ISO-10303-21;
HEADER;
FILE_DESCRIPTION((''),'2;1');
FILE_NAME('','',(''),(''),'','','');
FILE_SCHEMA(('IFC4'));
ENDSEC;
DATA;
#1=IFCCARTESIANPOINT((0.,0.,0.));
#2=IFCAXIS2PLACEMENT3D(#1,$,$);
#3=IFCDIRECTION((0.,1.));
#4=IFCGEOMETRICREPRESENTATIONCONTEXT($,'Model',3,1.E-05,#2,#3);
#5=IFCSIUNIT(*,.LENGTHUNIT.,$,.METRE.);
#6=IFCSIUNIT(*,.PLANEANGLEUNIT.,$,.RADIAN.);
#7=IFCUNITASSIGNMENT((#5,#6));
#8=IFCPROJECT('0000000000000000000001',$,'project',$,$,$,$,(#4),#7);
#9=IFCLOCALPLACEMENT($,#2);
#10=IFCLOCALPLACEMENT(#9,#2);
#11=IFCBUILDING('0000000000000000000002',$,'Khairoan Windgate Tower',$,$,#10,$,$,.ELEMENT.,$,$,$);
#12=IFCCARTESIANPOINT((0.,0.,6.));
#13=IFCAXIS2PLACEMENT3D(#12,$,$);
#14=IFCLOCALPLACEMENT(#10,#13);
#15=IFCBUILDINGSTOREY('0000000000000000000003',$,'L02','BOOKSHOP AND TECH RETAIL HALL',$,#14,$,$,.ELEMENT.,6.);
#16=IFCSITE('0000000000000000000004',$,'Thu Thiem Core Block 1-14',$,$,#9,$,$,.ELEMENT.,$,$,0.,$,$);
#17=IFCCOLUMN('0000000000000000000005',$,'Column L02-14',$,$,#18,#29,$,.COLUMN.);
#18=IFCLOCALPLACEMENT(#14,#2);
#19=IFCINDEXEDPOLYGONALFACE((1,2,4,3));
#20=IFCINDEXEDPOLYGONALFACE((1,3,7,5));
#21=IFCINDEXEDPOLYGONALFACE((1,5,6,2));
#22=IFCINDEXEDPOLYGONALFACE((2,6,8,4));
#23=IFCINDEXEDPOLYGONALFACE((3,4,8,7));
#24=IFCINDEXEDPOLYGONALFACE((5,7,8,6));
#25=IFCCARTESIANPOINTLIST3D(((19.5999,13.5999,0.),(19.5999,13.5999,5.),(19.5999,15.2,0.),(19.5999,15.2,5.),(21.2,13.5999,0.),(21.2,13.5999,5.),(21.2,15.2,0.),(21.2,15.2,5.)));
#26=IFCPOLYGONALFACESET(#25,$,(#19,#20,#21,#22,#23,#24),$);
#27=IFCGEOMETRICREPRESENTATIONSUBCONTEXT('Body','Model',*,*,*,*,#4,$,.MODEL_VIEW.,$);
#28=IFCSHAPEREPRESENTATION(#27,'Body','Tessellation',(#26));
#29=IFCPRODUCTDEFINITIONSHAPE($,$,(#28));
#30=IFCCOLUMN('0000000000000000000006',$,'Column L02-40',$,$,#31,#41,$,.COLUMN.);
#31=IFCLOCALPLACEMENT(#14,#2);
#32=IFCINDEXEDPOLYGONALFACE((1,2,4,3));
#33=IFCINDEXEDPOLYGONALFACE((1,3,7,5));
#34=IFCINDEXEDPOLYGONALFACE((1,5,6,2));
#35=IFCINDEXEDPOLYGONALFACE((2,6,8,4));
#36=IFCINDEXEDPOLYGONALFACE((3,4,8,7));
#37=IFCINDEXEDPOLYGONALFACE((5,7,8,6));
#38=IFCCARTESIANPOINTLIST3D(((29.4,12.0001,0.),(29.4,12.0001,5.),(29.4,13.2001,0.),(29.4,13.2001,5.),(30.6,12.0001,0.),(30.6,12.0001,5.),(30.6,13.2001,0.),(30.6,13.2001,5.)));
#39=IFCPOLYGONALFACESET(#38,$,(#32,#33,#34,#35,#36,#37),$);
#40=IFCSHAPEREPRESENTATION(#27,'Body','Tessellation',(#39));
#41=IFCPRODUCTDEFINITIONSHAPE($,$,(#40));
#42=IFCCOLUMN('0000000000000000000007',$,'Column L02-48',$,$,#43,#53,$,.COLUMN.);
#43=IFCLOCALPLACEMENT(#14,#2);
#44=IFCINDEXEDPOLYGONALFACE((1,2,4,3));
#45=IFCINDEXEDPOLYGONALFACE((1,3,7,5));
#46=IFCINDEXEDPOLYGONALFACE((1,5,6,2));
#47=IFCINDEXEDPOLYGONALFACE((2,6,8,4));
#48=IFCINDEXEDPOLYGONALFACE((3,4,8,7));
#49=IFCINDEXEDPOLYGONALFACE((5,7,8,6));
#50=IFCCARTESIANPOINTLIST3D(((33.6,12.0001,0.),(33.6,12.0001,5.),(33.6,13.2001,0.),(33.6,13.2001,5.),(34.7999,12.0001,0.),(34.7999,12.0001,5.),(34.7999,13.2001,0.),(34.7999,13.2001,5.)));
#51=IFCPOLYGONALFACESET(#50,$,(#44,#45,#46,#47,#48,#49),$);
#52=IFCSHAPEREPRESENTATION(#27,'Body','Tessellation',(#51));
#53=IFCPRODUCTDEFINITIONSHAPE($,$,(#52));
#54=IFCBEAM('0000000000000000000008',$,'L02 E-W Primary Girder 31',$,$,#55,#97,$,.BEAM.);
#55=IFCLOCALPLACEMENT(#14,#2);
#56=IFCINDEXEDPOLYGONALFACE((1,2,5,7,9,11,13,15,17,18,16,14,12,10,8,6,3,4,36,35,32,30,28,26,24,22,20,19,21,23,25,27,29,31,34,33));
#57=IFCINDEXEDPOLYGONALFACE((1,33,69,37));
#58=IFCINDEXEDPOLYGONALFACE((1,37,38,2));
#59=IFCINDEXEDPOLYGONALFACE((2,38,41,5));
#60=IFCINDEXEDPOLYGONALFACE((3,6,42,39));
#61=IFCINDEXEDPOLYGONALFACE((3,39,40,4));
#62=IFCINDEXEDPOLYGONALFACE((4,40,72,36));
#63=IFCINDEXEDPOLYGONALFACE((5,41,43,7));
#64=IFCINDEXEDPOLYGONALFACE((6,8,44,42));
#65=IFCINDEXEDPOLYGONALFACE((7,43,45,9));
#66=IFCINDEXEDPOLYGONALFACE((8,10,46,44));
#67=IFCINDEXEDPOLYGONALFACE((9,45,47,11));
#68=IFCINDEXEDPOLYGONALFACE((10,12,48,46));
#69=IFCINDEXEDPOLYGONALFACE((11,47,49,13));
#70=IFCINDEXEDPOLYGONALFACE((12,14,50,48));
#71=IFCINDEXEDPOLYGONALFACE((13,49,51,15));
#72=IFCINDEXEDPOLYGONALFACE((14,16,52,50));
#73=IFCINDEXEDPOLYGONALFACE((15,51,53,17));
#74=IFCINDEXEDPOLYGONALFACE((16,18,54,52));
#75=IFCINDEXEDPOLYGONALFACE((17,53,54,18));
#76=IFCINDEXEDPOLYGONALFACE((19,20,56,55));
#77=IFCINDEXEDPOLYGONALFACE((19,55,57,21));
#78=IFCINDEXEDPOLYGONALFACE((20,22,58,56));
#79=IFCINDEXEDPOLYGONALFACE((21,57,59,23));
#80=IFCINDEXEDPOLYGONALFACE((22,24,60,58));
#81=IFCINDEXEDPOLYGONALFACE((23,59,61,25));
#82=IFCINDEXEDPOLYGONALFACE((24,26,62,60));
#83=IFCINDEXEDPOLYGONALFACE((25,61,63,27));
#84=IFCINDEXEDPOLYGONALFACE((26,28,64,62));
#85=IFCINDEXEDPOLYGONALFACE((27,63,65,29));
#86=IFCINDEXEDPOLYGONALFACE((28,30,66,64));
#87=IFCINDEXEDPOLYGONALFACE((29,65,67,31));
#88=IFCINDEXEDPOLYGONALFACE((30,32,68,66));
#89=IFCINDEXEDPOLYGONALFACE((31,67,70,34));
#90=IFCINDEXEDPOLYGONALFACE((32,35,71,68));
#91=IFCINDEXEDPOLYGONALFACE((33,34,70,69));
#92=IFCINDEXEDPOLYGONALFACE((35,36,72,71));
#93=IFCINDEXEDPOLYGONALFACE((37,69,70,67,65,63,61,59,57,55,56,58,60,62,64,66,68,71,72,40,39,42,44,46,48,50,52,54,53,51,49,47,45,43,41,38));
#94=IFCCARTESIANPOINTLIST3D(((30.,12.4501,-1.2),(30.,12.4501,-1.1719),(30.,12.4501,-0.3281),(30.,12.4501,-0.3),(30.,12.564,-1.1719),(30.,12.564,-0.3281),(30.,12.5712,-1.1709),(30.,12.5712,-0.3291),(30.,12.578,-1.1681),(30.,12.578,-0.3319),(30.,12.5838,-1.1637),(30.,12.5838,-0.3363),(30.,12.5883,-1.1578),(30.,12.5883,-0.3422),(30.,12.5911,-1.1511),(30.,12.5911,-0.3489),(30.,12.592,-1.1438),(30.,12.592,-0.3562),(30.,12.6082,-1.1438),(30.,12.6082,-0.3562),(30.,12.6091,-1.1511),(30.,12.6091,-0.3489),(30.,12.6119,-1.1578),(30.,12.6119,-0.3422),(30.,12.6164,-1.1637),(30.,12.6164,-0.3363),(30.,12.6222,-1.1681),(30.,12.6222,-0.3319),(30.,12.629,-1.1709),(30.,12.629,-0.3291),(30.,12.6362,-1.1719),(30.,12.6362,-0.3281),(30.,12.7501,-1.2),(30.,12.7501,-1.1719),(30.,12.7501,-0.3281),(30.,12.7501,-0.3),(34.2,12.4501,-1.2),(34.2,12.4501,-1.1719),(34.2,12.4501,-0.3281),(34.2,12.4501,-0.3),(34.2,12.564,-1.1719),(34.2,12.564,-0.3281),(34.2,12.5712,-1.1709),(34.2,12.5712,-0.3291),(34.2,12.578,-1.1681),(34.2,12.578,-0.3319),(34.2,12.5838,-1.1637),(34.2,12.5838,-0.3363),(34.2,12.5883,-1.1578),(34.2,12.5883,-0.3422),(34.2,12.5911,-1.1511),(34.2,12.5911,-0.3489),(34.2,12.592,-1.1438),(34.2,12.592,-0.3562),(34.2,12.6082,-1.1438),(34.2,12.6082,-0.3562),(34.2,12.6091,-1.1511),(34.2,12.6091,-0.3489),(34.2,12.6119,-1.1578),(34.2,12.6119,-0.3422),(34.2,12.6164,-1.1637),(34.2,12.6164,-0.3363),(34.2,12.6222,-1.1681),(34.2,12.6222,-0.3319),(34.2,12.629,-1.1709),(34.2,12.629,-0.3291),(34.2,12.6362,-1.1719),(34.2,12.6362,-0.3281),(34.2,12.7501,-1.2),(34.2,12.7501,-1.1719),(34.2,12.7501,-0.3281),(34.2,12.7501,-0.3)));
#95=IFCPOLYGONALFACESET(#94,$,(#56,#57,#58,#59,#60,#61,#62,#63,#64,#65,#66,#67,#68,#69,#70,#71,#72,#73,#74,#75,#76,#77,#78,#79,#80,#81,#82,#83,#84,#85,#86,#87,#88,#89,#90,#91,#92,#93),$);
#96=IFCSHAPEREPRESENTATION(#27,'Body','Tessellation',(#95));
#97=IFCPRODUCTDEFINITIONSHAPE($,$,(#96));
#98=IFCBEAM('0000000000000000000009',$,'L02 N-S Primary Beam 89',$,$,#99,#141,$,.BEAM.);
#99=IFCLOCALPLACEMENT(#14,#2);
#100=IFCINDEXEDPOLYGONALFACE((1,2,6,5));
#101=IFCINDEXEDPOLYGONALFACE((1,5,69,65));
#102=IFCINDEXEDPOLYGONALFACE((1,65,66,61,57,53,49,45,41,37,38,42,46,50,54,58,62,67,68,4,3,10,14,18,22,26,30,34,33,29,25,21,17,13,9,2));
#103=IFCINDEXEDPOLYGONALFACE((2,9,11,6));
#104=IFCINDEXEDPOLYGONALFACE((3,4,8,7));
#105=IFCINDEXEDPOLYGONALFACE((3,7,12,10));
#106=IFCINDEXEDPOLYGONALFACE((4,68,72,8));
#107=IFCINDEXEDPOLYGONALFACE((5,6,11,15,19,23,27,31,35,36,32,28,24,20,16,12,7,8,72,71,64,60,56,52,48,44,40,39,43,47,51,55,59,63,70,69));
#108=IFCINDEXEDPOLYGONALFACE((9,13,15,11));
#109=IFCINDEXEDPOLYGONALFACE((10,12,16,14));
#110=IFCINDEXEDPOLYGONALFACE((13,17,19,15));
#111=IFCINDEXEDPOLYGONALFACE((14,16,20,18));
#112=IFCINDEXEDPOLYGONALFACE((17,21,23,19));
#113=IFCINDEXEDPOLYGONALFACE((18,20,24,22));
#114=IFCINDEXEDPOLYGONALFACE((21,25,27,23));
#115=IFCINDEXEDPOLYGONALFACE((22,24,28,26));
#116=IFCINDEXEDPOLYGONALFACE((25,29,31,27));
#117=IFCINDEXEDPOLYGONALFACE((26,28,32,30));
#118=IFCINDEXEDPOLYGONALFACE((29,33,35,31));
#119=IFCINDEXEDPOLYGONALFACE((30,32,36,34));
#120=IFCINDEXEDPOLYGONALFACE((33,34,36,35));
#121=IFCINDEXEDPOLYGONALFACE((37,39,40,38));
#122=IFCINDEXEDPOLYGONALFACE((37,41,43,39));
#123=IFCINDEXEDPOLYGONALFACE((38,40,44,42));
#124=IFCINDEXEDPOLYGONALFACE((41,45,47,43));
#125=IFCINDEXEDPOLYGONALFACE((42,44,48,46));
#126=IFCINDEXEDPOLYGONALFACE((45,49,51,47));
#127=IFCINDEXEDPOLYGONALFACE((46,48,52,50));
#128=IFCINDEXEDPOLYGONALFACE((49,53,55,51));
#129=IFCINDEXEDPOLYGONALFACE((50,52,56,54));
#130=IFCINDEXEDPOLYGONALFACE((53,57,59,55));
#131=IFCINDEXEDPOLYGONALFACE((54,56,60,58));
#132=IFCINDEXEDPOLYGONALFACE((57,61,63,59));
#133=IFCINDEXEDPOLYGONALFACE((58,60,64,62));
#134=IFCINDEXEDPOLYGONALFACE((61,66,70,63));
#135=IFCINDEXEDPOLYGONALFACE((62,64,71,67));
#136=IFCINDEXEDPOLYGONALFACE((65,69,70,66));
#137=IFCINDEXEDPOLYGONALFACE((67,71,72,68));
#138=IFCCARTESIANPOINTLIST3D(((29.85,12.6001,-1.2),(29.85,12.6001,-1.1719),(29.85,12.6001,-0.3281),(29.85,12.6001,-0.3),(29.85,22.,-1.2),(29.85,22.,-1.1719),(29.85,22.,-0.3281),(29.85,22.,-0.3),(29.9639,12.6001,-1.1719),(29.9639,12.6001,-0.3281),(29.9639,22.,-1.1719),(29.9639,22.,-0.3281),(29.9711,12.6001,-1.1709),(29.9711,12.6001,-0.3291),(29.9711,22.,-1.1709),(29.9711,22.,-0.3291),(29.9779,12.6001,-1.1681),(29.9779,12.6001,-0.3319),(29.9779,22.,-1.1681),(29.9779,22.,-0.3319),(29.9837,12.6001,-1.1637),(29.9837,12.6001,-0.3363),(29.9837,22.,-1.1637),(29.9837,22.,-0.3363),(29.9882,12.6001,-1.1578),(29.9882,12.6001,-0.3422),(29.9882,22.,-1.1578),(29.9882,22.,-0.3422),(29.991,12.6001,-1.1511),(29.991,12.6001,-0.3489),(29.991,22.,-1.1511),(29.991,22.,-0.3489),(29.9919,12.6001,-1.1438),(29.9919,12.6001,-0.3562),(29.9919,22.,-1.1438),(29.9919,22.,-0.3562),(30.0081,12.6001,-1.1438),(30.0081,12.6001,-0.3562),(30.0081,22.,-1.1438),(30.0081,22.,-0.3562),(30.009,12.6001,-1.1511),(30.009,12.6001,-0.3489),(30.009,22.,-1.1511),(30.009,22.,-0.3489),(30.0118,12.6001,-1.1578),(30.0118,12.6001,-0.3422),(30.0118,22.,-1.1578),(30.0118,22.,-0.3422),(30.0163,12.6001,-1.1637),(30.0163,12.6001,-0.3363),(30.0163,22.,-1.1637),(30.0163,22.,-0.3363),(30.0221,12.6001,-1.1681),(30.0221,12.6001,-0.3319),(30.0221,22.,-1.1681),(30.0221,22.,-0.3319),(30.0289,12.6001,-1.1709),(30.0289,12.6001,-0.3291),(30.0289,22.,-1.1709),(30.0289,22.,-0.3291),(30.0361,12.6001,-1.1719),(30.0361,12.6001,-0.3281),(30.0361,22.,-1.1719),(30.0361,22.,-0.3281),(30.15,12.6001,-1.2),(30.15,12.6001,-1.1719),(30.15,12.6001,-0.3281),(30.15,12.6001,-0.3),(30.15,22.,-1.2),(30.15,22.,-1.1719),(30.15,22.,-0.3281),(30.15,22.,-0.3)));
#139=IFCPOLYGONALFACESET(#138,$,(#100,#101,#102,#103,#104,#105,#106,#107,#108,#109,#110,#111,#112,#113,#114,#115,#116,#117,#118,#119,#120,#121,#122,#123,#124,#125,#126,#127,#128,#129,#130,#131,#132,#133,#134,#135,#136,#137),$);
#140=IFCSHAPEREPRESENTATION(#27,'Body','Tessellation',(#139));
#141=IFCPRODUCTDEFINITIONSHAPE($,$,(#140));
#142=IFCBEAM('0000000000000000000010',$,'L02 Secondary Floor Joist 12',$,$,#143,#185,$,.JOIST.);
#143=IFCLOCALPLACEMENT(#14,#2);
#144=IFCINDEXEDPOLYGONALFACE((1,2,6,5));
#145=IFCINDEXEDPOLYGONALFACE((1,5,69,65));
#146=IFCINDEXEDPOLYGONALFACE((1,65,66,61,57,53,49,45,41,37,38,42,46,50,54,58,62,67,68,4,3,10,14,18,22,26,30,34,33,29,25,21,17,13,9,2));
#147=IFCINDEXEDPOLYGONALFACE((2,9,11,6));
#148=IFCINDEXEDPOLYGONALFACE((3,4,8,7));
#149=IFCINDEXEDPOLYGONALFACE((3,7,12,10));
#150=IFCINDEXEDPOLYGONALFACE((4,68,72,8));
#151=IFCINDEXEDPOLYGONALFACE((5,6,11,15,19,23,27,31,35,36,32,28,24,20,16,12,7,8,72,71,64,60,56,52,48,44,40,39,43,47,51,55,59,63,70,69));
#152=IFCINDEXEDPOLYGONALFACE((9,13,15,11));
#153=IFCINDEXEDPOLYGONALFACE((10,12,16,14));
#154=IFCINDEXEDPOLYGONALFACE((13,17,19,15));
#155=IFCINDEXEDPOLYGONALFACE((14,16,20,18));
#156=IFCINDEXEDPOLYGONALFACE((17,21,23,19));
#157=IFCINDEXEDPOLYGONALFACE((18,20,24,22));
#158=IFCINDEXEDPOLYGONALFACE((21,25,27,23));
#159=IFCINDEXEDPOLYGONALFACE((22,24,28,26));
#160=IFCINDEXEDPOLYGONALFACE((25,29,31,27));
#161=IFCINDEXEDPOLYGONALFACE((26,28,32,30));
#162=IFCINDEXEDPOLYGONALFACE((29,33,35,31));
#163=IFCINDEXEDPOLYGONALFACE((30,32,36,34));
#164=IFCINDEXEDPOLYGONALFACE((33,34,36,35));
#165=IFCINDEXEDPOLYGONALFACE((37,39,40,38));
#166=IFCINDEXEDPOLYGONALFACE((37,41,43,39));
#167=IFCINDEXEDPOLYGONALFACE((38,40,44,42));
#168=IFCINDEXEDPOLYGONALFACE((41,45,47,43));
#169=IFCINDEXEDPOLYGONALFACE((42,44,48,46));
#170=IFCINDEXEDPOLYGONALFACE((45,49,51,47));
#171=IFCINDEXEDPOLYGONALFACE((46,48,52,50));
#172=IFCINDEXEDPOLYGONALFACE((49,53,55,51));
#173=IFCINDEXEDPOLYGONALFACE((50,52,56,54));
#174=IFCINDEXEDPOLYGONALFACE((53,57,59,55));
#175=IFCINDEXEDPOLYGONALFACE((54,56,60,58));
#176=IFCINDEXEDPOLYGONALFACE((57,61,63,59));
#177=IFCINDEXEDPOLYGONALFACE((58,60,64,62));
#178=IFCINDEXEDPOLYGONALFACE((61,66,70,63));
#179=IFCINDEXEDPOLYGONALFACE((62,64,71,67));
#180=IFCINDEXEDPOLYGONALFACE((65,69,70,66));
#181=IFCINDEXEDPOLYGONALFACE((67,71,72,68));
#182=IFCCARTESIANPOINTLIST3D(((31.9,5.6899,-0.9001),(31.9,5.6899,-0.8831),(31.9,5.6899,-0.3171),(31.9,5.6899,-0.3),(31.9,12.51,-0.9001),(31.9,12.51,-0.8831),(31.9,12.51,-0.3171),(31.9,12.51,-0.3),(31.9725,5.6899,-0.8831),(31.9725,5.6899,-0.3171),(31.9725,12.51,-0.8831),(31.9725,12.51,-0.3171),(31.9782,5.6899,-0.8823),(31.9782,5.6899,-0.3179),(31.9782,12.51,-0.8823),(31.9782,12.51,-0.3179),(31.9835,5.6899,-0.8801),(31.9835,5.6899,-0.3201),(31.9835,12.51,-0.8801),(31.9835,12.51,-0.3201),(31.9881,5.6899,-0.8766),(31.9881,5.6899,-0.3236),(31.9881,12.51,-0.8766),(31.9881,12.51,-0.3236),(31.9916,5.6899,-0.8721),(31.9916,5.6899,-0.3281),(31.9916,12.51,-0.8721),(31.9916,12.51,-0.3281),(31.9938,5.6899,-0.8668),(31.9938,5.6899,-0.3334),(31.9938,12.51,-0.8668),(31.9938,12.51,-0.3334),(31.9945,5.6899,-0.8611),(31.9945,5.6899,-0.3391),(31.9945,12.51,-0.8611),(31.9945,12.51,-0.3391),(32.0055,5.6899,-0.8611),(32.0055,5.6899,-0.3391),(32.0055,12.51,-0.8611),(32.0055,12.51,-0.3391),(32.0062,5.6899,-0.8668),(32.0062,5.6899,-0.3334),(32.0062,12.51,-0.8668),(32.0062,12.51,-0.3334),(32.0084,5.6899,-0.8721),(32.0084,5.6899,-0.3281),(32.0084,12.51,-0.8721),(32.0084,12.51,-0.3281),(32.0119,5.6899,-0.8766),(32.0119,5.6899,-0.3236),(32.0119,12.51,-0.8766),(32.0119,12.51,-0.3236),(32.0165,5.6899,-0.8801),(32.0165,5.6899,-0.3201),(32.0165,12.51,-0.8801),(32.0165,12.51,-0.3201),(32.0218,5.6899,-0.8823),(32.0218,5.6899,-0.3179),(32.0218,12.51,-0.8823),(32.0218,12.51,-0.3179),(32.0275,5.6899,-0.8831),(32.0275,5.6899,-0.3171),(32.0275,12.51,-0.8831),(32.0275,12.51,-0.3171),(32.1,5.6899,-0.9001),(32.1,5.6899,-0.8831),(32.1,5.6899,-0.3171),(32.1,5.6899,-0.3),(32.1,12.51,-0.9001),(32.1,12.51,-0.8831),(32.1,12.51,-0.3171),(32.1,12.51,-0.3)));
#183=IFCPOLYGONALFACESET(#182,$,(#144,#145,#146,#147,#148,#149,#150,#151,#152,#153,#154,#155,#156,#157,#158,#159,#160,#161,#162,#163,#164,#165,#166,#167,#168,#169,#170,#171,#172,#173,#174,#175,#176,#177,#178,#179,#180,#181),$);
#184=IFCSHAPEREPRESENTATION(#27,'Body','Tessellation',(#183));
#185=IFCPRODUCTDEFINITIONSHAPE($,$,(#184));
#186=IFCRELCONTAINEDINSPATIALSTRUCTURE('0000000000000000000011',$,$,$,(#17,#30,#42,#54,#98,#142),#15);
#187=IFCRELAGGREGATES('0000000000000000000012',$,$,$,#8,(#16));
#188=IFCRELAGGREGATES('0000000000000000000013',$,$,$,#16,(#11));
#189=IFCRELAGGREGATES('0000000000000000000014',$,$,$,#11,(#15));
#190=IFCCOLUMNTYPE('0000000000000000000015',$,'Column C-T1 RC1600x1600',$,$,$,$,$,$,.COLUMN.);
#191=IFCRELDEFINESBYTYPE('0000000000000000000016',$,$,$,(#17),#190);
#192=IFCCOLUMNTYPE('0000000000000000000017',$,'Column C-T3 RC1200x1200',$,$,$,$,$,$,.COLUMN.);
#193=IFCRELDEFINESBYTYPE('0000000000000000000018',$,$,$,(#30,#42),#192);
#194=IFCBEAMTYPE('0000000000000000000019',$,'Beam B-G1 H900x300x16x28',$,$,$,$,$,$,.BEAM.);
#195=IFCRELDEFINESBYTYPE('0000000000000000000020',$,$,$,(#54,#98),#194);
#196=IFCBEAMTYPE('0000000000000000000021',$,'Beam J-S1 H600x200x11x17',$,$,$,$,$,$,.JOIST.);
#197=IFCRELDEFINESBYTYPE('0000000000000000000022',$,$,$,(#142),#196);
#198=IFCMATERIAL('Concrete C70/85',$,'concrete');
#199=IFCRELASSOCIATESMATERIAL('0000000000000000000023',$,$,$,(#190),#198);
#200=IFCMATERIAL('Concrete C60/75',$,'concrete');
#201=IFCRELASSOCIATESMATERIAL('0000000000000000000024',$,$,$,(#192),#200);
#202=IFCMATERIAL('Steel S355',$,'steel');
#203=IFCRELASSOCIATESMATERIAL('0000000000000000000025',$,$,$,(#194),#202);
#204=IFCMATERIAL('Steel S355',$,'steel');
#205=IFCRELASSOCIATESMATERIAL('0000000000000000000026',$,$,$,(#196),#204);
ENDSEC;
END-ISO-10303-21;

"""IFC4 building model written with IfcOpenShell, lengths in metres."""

from ifc_helpers import new_model, si_unit, direction, frame, origin, origin_2d, place, context, subcontext, project, spatial, rectangle, i_section, extrude, material, material_profile, profile_set, type_object, element, save


model = new_model("IFC4")

# Units and contexts
model_context = context("Model", 3, precision=1e-05, world=origin(), true_north=direction((0.0, 1.0)))
body_context = subcontext(model_context, "Body", "Model", "MODEL_VIEW")
ifc_project = project(units=[si_unit("LENGTHUNIT", "METRE"), si_unit("PLANEANGLEUNIT", "RADIAN")], contexts=[model_context])

# Site, building, storey
site_placement = place(None, origin())
site = spatial("IfcSite", under=ifc_project, at=site_placement, Name="Thu Thiem Core Block 1-14", CompositionType="ELEMENT", RefElevation=0.0)
building_placement = place(site_placement, origin())
building = spatial("IfcBuilding", under=site, at=building_placement, Name="Khairoan Windgate Tower", CompositionType="ELEMENT")
storey_placement = place(building_placement, frame((0.0, 0.0, 6.0)))
storey = spatial("IfcBuildingStorey", under=building, at=storey_placement, Name="L02", Description="BOOKSHOP AND TECH RETAIL HALL", CompositionType="ELEMENT", Elevation=6.0)

# Columns
ifc_material_1 = material(Name="Concrete C70/85", Category="concrete")
ifc_material_profile_1 = material_profile(ifc_material_1, rectangle(XDim=1.6001, YDim=1.6001, at=origin_2d()))
ifc_profile_set_1 = profile_set([ifc_material_profile_1], Name="Concrete C70/85")
column_type_1 = type_object("IfcColumnType", Name="Column C-T1 RC1600x1600", PredefinedType="COLUMN", material=ifc_profile_set_1)
column_placement = place(storey_placement, frame((20.3999, 14.3999, 0.0), z_axis=(0.0, 0.0, 1.0), x_axis=(1.0, 0.0, 0.0)))
element("IfcColumn", 1, at=column_placement, inside=storey, type_object=column_type_1, Name="Column L02-14", PredefinedType="COLUMN", context=body_context, shape_type="SweptSolid", body=[
    extrude(rectangle(XDim=1.6001, YDim=1.6001, at=origin_2d()), origin(), (0.0, 0.0, 1.0), 5.0),
])
ifc_material_2 = material(Name="Concrete C60/75", Category="concrete")
ifc_material_profile_2 = material_profile(ifc_material_2, rectangle(XDim=1.2, YDim=1.2, at=origin_2d()))
ifc_profile_set_2 = profile_set([ifc_material_profile_2], Name="Concrete C60/75")
column_type_2 = type_object("IfcColumnType", Name="Column C-T3 RC1200x1200", PredefinedType="COLUMN", material=ifc_profile_set_2)
for number, where, z_axis, x_axis, name in (
    (2, (30.0, 12.6001, 0.0), (0.0, 0.0, 1.0), (1.0, 0.0, 0.0), "Column L02-40"),
    (3, (34.2, 12.6001, 0.0), (0.0, 0.0, 1.0), (1.0, 0.0, 0.0), "Column L02-48"),
):
    element("IfcColumn", number, at=place(storey_placement, frame(where, z_axis=z_axis, x_axis=x_axis)), inside=storey, type_object=column_type_2, Name=name, PredefinedType="COLUMN", context=body_context, shape_type="SweptSolid", body=[
        extrude(rectangle(XDim=1.2, YDim=1.2, at=origin_2d()), origin(), (0.0, 0.0, 1.0), 5.0),
    ])

# Beams
ifc_material_3 = material(Name="Steel S355", Category="steel")
ifc_material_profile_3 = material_profile(ifc_material_3, i_section(OverallWidth=0.3, OverallDepth=0.8999, WebThickness=0.0161, FlangeThickness=0.0281, FilletRadius=0.0281, at=origin_2d()))
ifc_profile_set_3 = profile_set([ifc_material_profile_3], Name="Steel S355")
beam_type_1 = type_object("IfcBeamType", Name="Beam B-G1 H900x300x16x28", PredefinedType="BEAM", material=ifc_profile_set_3)
beam_1_placement = place(storey_placement, frame((30.0, 12.6001, -0.75), z_axis=(1.0, 0.0, 0.0), x_axis=(0.0, 1.0, 0.0)))
element("IfcBeam", 4, at=beam_1_placement, inside=storey, type_object=beam_type_1, Name="L02 E-W Primary Girder 31", PredefinedType="BEAM", context=body_context, shape_type="SweptSolid", body=[
    extrude(i_section(OverallWidth=0.3, OverallDepth=0.8999, WebThickness=0.0161, FlangeThickness=0.0281, FilletRadius=0.0281, at=origin_2d()), origin(), (0.0, 0.0, 1.0), 4.2),
])
beam_2_placement = place(storey_placement, frame((30.0, 12.6001, -0.75), z_axis=(0.0, 1.0, 0.0), x_axis=(-1.0, 0.0, 0.0)))
element("IfcBeam", 5, at=beam_2_placement, inside=storey, type_object=beam_type_1, Name="L02 N-S Primary Beam 89", PredefinedType="BEAM", context=body_context, shape_type="SweptSolid", body=[
    extrude(i_section(OverallWidth=0.3, OverallDepth=0.8999, WebThickness=0.0161, FlangeThickness=0.0281, FilletRadius=0.0281, at=origin_2d()), origin(), (0.0, 0.0, 1.0), 9.3999),
])
ifc_material_4 = material(Name="Steel S355", Category="steel")
ifc_material_profile_4 = material_profile(ifc_material_4, i_section(OverallWidth=0.2, OverallDepth=0.6001, WebThickness=0.011, FlangeThickness=0.0171, FilletRadius=0.022, at=origin_2d()))
ifc_profile_set_4 = profile_set([ifc_material_profile_4], Name="Steel S355")
beam_type_2 = type_object("IfcBeamType", Name="Beam J-S1 H600x200x11x17", PredefinedType="JOIST", material=ifc_profile_set_4)
beam_3_placement = place(storey_placement, frame((32.0, 5.6899, -0.6001), z_axis=(0.0, 1.0, 0.0), x_axis=(-1.0, 0.0, 0.0)))
element("IfcBeam", 6, at=beam_3_placement, inside=storey, type_object=beam_type_2, Name="L02 Secondary Floor Joist 12", PredefinedType="JOIST", context=body_context, shape_type="SweptSolid", body=[
    extrude(i_section(OverallWidth=0.2, OverallDepth=0.6001, WebThickness=0.011, FlangeThickness=0.0171, FilletRadius=0.022, at=origin_2d()), origin(), (0.0, 0.0, 1.0), 6.8201),
])

save(model, "model.ifc")
